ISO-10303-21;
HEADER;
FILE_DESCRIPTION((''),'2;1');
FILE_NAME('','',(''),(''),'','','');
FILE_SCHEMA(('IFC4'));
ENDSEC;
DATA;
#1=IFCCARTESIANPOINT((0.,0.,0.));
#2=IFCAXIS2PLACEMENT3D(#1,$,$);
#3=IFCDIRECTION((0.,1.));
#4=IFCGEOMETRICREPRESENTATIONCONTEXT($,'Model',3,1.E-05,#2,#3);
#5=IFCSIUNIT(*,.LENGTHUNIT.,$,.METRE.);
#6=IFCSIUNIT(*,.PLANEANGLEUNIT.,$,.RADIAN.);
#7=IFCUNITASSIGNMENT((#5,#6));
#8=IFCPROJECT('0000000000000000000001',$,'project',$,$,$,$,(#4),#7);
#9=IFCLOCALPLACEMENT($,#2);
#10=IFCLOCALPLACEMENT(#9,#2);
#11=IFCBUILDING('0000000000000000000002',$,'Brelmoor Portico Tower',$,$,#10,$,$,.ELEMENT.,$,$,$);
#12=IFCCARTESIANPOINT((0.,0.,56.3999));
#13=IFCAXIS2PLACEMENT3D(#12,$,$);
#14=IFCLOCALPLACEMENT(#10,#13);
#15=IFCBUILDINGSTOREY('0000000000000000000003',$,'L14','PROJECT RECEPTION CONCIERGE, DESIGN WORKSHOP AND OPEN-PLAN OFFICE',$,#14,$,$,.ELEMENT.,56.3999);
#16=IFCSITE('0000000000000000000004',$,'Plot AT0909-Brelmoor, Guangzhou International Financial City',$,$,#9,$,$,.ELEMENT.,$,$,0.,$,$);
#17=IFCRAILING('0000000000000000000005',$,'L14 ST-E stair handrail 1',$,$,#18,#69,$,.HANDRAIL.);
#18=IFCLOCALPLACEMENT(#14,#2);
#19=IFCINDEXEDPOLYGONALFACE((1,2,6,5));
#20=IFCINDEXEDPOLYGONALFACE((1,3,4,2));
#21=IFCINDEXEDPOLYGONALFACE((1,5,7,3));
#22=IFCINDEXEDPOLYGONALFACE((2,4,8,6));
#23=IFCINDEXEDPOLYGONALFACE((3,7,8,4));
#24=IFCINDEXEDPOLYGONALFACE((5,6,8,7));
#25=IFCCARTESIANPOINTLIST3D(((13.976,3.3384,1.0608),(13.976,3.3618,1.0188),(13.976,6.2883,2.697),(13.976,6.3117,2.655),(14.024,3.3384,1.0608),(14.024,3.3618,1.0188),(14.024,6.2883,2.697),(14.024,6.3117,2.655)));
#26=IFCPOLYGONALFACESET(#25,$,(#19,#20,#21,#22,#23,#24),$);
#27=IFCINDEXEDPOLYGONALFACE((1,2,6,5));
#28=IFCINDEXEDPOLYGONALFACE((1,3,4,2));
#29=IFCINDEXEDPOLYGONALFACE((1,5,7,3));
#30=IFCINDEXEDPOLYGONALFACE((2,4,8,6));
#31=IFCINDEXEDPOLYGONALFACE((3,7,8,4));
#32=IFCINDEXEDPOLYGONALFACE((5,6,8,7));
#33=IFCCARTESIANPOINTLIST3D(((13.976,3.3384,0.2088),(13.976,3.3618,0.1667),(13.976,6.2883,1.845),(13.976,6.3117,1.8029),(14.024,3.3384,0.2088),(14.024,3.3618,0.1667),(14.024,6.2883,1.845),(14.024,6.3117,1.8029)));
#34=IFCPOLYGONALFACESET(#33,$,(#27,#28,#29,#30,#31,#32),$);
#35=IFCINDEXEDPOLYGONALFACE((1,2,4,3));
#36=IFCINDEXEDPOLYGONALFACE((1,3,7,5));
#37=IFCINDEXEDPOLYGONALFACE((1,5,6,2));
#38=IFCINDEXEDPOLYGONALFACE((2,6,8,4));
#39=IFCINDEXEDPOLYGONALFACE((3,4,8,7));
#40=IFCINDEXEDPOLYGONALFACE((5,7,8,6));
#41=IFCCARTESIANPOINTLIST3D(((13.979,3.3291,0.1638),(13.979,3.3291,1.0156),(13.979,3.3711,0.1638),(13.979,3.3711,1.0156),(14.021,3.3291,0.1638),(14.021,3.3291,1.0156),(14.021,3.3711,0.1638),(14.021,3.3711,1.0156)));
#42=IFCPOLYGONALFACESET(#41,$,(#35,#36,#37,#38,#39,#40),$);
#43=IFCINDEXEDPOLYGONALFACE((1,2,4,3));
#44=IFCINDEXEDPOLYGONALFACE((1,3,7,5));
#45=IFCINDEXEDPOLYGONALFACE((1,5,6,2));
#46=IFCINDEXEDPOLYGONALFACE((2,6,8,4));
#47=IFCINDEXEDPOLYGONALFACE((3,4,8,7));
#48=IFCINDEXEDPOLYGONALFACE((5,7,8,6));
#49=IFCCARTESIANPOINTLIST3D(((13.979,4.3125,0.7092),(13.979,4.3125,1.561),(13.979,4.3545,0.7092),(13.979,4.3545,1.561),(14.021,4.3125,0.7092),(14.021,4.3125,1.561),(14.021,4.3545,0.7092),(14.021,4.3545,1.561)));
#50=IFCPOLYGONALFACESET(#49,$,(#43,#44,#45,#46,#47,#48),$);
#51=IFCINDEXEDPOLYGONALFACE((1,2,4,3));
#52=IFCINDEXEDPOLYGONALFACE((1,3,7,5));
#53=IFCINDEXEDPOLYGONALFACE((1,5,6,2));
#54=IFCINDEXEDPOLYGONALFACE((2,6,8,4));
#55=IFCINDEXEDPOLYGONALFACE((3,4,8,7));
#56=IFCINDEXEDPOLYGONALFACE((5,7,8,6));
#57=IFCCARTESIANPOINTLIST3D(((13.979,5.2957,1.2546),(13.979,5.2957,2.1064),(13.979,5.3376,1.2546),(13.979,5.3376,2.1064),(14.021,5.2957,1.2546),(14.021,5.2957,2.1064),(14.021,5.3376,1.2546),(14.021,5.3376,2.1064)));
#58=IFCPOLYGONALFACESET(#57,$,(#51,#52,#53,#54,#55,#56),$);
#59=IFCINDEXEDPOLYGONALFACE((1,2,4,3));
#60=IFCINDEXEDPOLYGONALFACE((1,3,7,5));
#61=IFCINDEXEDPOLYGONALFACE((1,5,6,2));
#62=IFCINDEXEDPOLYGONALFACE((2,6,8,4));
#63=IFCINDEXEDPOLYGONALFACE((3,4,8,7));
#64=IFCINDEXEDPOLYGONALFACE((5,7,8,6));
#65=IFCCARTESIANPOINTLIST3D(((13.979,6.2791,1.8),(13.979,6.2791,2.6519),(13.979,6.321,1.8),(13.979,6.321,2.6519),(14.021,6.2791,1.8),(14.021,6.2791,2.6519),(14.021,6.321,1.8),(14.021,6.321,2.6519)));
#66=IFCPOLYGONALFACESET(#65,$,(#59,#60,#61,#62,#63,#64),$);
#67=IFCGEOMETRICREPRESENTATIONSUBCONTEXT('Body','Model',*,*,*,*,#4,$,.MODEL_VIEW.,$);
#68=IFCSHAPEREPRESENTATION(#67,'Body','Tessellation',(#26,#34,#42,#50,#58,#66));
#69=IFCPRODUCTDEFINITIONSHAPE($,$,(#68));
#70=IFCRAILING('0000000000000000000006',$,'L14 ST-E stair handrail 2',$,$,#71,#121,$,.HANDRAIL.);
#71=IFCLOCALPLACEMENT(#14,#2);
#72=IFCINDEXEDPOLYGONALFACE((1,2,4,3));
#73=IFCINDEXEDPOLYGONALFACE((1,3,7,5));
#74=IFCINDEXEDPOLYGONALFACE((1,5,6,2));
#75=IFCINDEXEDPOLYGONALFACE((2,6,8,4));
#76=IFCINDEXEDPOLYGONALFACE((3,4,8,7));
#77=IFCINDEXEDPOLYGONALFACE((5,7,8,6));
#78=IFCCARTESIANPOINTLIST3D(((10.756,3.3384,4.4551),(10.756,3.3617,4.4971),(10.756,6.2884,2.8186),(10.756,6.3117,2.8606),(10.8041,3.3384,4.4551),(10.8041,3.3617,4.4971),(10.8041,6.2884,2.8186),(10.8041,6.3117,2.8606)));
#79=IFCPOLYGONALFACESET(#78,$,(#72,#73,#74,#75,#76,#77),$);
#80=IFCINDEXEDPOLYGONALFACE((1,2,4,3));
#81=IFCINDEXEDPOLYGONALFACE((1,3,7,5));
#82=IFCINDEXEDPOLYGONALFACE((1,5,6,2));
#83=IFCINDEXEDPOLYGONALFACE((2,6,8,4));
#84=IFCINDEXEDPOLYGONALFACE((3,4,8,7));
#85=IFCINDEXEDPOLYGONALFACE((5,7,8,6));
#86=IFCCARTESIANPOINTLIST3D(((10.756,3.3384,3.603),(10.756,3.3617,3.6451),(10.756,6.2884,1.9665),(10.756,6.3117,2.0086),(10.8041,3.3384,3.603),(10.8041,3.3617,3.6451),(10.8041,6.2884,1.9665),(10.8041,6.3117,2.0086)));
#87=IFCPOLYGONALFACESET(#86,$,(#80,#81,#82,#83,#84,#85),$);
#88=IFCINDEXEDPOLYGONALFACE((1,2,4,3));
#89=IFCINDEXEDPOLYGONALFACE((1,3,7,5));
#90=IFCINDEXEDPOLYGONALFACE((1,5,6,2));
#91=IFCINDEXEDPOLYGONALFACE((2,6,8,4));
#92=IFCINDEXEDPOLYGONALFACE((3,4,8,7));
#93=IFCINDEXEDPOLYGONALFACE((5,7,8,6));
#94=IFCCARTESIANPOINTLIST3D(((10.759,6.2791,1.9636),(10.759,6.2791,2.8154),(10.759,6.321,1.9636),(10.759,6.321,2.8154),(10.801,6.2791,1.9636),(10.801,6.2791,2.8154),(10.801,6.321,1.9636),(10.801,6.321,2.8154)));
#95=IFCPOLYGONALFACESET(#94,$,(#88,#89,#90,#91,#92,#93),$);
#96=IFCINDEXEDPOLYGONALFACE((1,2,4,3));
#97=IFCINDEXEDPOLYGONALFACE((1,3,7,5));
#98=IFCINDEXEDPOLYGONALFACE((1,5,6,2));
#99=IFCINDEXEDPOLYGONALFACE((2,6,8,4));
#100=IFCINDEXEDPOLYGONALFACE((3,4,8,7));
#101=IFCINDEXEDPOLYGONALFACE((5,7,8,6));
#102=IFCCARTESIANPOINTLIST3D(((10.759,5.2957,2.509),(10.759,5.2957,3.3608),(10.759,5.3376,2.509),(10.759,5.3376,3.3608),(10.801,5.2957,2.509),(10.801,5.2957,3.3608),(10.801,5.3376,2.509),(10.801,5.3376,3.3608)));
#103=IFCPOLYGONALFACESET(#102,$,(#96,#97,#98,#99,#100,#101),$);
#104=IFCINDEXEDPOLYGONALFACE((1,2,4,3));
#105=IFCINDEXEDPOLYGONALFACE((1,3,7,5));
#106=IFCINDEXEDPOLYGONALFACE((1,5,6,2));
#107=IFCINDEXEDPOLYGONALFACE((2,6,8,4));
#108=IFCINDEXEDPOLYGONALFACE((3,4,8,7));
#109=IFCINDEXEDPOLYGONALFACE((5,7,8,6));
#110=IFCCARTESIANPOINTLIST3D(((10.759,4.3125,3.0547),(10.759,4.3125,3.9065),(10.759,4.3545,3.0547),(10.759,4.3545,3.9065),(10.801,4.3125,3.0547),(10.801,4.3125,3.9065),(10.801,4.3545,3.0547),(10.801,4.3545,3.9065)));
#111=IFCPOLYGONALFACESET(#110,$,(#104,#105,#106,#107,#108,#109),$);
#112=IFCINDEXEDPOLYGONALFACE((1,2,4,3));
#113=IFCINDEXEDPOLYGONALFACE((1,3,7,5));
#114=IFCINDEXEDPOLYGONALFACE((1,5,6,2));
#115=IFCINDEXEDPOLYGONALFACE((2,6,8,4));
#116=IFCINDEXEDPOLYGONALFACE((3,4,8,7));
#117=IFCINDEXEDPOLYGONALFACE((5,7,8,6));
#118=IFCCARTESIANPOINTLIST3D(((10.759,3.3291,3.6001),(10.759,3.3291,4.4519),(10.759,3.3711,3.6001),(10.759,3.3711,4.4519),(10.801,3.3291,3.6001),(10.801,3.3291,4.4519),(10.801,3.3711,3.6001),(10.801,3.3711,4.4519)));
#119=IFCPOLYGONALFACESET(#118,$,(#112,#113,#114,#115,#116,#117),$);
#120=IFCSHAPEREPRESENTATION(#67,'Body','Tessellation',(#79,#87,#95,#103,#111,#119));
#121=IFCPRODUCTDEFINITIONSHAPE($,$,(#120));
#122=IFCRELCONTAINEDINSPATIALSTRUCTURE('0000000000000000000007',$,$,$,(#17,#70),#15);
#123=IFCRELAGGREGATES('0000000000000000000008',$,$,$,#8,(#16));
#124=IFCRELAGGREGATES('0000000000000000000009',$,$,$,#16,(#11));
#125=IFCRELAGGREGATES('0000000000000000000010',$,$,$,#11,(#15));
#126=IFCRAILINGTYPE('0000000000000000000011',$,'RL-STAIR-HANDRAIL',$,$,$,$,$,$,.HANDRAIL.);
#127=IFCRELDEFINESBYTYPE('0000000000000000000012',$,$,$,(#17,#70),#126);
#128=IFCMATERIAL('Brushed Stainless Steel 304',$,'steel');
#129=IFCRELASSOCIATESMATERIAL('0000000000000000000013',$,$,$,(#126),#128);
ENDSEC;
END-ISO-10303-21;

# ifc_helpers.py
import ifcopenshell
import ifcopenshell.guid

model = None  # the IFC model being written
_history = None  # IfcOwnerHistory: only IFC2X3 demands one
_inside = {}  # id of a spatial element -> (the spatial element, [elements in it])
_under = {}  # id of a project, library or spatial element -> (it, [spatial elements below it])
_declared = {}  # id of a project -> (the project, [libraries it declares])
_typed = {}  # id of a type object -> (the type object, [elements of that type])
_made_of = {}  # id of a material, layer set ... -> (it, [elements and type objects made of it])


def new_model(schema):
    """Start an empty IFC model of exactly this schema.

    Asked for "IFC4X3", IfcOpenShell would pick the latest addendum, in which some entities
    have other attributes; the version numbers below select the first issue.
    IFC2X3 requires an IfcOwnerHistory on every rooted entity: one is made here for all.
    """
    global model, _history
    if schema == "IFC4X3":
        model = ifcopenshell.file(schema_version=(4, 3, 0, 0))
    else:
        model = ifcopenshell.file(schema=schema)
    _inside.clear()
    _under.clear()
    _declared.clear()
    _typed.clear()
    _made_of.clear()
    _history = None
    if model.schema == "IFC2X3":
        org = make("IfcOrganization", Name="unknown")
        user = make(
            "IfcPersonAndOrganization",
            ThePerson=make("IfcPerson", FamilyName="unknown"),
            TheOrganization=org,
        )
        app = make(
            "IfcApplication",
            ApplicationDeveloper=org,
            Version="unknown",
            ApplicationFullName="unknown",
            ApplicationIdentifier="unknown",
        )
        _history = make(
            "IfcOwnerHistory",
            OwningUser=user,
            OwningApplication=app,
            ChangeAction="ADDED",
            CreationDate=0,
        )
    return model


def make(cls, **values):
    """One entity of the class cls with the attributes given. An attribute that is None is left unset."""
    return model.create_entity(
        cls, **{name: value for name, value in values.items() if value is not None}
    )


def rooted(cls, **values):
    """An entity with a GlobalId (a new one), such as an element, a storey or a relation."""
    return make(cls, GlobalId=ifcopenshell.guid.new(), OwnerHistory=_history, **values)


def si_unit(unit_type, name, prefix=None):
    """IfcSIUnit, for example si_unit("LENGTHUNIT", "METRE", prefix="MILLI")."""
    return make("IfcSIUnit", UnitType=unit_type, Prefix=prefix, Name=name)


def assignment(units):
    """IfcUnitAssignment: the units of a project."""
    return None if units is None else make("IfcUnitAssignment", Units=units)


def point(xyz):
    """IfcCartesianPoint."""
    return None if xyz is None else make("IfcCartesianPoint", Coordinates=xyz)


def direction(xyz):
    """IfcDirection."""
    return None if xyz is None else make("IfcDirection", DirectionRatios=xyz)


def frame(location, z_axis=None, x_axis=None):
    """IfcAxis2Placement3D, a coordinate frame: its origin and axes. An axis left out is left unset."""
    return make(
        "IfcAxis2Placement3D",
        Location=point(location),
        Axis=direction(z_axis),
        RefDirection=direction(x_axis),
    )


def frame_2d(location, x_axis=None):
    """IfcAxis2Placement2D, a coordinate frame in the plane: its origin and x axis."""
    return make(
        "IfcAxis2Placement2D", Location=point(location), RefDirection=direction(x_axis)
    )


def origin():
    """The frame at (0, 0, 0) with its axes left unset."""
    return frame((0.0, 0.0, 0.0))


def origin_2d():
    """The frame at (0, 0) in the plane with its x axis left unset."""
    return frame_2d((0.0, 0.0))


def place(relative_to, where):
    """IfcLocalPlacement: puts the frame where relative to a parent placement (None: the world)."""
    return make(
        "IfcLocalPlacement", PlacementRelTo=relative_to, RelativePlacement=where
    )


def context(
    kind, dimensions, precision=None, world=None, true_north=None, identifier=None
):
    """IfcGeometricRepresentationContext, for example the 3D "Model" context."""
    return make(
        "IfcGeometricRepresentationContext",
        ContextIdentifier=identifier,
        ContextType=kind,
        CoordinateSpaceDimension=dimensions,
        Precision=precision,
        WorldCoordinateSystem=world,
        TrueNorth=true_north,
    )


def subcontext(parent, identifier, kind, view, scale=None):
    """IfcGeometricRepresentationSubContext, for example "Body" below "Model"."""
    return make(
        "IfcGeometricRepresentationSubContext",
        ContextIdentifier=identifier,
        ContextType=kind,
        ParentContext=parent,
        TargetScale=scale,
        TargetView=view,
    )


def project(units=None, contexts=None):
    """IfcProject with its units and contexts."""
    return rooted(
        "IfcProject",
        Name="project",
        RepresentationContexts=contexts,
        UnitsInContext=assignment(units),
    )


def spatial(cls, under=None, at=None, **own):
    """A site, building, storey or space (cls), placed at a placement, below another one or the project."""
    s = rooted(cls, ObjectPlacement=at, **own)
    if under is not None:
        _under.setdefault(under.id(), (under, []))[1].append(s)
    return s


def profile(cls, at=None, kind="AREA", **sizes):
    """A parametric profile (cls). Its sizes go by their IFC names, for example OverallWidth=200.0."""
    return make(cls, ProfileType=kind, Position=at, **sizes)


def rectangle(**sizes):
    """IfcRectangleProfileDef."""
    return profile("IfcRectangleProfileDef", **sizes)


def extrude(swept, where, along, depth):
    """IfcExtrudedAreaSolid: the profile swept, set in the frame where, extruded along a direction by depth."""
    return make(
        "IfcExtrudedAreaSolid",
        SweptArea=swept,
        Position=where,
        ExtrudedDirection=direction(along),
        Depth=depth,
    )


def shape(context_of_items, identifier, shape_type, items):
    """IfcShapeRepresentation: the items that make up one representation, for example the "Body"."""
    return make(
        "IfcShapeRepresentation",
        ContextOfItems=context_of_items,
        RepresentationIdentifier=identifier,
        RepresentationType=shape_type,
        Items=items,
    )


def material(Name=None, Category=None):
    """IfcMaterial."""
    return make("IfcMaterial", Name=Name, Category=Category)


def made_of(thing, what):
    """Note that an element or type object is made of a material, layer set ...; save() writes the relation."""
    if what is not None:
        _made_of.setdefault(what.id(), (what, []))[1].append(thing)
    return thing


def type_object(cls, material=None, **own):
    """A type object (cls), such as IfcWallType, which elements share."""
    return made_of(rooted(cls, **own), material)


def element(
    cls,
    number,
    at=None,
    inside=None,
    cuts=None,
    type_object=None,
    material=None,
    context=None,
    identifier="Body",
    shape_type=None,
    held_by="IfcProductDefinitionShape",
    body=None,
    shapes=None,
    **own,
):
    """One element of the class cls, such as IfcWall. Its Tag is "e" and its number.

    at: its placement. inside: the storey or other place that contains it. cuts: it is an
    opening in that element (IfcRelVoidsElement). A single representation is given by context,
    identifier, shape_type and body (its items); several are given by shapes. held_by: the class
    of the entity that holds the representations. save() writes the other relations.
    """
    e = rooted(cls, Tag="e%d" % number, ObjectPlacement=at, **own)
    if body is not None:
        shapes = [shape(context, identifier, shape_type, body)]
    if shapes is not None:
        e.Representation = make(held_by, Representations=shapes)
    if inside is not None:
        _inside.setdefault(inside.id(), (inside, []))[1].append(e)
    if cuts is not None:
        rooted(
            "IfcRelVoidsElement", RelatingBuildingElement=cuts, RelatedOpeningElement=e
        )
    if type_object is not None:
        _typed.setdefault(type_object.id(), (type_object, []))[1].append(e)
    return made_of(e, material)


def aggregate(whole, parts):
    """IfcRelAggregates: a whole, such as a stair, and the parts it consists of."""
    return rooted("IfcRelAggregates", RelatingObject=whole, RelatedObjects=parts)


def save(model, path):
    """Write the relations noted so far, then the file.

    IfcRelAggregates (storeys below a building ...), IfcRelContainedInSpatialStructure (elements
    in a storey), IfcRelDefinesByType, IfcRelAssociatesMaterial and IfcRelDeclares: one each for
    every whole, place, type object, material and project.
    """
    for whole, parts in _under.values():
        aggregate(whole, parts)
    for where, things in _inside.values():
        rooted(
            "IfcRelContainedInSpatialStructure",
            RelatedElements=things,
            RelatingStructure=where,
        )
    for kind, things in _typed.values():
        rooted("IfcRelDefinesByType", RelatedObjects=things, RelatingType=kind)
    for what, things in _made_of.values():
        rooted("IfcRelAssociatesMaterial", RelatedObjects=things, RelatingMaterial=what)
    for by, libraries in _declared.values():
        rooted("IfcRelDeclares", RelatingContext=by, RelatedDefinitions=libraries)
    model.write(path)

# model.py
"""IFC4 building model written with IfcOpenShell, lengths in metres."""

from ifc_helpers import new_model, si_unit, direction, frame, origin, origin_2d, place, context, subcontext, project, spatial, rectangle, extrude, material, type_object, element, save


model = new_model("IFC4")

# Units and contexts
model_context = context("Model", 3, precision=1e-05, world=origin(), true_north=direction((0.0, 1.0)))
body_context = subcontext(model_context, "Body", "Model", "MODEL_VIEW")
ifc_project = project(units=[si_unit("LENGTHUNIT", "METRE"), si_unit("PLANEANGLEUNIT", "RADIAN")], contexts=[model_context])

# Site, building, storey
site_placement = place(None, origin())
site = spatial("IfcSite", under=ifc_project, at=site_placement, Name="Plot AT0909-Brelmoor, Guangzhou International Financial City", CompositionType="ELEMENT", RefElevation=0.0)
building_placement = place(site_placement, origin())
building = spatial("IfcBuilding", under=site, at=building_placement, Name="Brelmoor Portico Tower", CompositionType="ELEMENT")
storey_placement = place(building_placement, frame((0.0, 0.0, 56.3999)))
storey = spatial("IfcBuildingStorey", under=building, at=storey_placement, Name="L14", Description="PROJECT RECEPTION CONCIERGE, DESIGN WORKSHOP AND OPEN-PLAN OFFICE", CompositionType="ELEMENT", Elevation=56.3999)

# Railings
ifc_material_1 = material(Name="Brushed Stainless Steel 304", Category="steel")
railing_type_1 = type_object("IfcRailingType", Name="RL-STAIR-HANDRAIL", PredefinedType="HANDRAIL", material=ifc_material_1)
railing_1_placement = place(storey_placement, frame((14.0, 3.3501, 0.1638)))
element("IfcRailing", 1, at=railing_1_placement, inside=storey, type_object=railing_type_1, Name="L14 ST-E stair handrail 1", PredefinedType="HANDRAIL", context=body_context, shape_type="SweptSolid", body=[
    extrude(rectangle(XDim=0.0481, YDim=0.0481, at=origin_2d()), frame((0.0, 0.0, 0.876), z_axis=(0.0, 0.874488, 0.485047), x_axis=(-1.0, 0.0, 0.0)), (0.0, 0.0, 1.0), 3.3733),
    extrude(rectangle(XDim=0.0481, YDim=0.0481, at=origin_2d()), frame((0.0, 0.0, 0.0239), z_axis=(0.0, 0.874488, 0.485047), x_axis=(-1.0, 0.0, 0.0)), (0.0, 0.0, 1.0), 3.3733),
    extrude(rectangle(XDim=0.042, YDim=0.042, at=origin_2d()), origin(), (0.0, 0.0, 1.0), 0.8518),
    extrude(rectangle(XDim=0.042, YDim=0.042, at=origin_2d()), frame((0.0, 0.9834, 0.5454)), (0.0, 0.0, 1.0), 0.8518),
    extrude(rectangle(XDim=0.042, YDim=0.042, at=origin_2d()), frame((0.0, 1.9666, 1.0908)), (0.0, 0.0, 1.0), 0.8518),
    extrude(rectangle(XDim=0.042, YDim=0.042, at=origin_2d()), frame((0.0, 2.95, 1.6362)), (0.0, 0.0, 1.0), 0.8518),
])
railing_2_placement = place(storey_placement, frame((10.78, 6.3, 1.9636)))
element("IfcRailing", 2, at=railing_2_placement, inside=storey, type_object=railing_type_1, Name="L14 ST-E stair handrail 2", PredefinedType="HANDRAIL", context=body_context, shape_type="SweptSolid", body=[
    extrude(rectangle(XDim=0.0481, YDim=0.0481, at=origin_2d()), frame((0.0, 0.0, 0.876), z_axis=(0.0, -0.874458, 0.485102), x_axis=(1.0, 0.0, 0.0)), (0.0, 0.0, 1.0), 3.3735),
    extrude(rectangle(XDim=0.0481, YDim=0.0481, at=origin_2d()), frame((0.0, 0.0, 0.0239), z_axis=(0.0, -0.874458, 0.485102), x_axis=(1.0, 0.0, 0.0)), (0.0, 0.0, 1.0), 3.3735),
    extrude(rectangle(XDim=0.042, YDim=0.042, at=origin_2d()), origin(), (0.0, 0.0, 1.0), 0.8518),
    extrude(rectangle(XDim=0.042, YDim=0.042, at=origin_2d()), frame((0.0, -0.9834, 0.5454)), (0.0, 0.0, 1.0), 0.8518),
    extrude(rectangle(XDim=0.042, YDim=0.042, at=origin_2d()), frame((0.0, -1.9666, 1.0911)), (0.0, 0.0, 1.0), 0.8518),
    extrude(rectangle(XDim=0.042, YDim=0.042, at=origin_2d()), frame((0.0, -2.95, 1.6365)), (0.0, 0.0, 1.0), 0.8518),
])

save(model, "model.ifc")
